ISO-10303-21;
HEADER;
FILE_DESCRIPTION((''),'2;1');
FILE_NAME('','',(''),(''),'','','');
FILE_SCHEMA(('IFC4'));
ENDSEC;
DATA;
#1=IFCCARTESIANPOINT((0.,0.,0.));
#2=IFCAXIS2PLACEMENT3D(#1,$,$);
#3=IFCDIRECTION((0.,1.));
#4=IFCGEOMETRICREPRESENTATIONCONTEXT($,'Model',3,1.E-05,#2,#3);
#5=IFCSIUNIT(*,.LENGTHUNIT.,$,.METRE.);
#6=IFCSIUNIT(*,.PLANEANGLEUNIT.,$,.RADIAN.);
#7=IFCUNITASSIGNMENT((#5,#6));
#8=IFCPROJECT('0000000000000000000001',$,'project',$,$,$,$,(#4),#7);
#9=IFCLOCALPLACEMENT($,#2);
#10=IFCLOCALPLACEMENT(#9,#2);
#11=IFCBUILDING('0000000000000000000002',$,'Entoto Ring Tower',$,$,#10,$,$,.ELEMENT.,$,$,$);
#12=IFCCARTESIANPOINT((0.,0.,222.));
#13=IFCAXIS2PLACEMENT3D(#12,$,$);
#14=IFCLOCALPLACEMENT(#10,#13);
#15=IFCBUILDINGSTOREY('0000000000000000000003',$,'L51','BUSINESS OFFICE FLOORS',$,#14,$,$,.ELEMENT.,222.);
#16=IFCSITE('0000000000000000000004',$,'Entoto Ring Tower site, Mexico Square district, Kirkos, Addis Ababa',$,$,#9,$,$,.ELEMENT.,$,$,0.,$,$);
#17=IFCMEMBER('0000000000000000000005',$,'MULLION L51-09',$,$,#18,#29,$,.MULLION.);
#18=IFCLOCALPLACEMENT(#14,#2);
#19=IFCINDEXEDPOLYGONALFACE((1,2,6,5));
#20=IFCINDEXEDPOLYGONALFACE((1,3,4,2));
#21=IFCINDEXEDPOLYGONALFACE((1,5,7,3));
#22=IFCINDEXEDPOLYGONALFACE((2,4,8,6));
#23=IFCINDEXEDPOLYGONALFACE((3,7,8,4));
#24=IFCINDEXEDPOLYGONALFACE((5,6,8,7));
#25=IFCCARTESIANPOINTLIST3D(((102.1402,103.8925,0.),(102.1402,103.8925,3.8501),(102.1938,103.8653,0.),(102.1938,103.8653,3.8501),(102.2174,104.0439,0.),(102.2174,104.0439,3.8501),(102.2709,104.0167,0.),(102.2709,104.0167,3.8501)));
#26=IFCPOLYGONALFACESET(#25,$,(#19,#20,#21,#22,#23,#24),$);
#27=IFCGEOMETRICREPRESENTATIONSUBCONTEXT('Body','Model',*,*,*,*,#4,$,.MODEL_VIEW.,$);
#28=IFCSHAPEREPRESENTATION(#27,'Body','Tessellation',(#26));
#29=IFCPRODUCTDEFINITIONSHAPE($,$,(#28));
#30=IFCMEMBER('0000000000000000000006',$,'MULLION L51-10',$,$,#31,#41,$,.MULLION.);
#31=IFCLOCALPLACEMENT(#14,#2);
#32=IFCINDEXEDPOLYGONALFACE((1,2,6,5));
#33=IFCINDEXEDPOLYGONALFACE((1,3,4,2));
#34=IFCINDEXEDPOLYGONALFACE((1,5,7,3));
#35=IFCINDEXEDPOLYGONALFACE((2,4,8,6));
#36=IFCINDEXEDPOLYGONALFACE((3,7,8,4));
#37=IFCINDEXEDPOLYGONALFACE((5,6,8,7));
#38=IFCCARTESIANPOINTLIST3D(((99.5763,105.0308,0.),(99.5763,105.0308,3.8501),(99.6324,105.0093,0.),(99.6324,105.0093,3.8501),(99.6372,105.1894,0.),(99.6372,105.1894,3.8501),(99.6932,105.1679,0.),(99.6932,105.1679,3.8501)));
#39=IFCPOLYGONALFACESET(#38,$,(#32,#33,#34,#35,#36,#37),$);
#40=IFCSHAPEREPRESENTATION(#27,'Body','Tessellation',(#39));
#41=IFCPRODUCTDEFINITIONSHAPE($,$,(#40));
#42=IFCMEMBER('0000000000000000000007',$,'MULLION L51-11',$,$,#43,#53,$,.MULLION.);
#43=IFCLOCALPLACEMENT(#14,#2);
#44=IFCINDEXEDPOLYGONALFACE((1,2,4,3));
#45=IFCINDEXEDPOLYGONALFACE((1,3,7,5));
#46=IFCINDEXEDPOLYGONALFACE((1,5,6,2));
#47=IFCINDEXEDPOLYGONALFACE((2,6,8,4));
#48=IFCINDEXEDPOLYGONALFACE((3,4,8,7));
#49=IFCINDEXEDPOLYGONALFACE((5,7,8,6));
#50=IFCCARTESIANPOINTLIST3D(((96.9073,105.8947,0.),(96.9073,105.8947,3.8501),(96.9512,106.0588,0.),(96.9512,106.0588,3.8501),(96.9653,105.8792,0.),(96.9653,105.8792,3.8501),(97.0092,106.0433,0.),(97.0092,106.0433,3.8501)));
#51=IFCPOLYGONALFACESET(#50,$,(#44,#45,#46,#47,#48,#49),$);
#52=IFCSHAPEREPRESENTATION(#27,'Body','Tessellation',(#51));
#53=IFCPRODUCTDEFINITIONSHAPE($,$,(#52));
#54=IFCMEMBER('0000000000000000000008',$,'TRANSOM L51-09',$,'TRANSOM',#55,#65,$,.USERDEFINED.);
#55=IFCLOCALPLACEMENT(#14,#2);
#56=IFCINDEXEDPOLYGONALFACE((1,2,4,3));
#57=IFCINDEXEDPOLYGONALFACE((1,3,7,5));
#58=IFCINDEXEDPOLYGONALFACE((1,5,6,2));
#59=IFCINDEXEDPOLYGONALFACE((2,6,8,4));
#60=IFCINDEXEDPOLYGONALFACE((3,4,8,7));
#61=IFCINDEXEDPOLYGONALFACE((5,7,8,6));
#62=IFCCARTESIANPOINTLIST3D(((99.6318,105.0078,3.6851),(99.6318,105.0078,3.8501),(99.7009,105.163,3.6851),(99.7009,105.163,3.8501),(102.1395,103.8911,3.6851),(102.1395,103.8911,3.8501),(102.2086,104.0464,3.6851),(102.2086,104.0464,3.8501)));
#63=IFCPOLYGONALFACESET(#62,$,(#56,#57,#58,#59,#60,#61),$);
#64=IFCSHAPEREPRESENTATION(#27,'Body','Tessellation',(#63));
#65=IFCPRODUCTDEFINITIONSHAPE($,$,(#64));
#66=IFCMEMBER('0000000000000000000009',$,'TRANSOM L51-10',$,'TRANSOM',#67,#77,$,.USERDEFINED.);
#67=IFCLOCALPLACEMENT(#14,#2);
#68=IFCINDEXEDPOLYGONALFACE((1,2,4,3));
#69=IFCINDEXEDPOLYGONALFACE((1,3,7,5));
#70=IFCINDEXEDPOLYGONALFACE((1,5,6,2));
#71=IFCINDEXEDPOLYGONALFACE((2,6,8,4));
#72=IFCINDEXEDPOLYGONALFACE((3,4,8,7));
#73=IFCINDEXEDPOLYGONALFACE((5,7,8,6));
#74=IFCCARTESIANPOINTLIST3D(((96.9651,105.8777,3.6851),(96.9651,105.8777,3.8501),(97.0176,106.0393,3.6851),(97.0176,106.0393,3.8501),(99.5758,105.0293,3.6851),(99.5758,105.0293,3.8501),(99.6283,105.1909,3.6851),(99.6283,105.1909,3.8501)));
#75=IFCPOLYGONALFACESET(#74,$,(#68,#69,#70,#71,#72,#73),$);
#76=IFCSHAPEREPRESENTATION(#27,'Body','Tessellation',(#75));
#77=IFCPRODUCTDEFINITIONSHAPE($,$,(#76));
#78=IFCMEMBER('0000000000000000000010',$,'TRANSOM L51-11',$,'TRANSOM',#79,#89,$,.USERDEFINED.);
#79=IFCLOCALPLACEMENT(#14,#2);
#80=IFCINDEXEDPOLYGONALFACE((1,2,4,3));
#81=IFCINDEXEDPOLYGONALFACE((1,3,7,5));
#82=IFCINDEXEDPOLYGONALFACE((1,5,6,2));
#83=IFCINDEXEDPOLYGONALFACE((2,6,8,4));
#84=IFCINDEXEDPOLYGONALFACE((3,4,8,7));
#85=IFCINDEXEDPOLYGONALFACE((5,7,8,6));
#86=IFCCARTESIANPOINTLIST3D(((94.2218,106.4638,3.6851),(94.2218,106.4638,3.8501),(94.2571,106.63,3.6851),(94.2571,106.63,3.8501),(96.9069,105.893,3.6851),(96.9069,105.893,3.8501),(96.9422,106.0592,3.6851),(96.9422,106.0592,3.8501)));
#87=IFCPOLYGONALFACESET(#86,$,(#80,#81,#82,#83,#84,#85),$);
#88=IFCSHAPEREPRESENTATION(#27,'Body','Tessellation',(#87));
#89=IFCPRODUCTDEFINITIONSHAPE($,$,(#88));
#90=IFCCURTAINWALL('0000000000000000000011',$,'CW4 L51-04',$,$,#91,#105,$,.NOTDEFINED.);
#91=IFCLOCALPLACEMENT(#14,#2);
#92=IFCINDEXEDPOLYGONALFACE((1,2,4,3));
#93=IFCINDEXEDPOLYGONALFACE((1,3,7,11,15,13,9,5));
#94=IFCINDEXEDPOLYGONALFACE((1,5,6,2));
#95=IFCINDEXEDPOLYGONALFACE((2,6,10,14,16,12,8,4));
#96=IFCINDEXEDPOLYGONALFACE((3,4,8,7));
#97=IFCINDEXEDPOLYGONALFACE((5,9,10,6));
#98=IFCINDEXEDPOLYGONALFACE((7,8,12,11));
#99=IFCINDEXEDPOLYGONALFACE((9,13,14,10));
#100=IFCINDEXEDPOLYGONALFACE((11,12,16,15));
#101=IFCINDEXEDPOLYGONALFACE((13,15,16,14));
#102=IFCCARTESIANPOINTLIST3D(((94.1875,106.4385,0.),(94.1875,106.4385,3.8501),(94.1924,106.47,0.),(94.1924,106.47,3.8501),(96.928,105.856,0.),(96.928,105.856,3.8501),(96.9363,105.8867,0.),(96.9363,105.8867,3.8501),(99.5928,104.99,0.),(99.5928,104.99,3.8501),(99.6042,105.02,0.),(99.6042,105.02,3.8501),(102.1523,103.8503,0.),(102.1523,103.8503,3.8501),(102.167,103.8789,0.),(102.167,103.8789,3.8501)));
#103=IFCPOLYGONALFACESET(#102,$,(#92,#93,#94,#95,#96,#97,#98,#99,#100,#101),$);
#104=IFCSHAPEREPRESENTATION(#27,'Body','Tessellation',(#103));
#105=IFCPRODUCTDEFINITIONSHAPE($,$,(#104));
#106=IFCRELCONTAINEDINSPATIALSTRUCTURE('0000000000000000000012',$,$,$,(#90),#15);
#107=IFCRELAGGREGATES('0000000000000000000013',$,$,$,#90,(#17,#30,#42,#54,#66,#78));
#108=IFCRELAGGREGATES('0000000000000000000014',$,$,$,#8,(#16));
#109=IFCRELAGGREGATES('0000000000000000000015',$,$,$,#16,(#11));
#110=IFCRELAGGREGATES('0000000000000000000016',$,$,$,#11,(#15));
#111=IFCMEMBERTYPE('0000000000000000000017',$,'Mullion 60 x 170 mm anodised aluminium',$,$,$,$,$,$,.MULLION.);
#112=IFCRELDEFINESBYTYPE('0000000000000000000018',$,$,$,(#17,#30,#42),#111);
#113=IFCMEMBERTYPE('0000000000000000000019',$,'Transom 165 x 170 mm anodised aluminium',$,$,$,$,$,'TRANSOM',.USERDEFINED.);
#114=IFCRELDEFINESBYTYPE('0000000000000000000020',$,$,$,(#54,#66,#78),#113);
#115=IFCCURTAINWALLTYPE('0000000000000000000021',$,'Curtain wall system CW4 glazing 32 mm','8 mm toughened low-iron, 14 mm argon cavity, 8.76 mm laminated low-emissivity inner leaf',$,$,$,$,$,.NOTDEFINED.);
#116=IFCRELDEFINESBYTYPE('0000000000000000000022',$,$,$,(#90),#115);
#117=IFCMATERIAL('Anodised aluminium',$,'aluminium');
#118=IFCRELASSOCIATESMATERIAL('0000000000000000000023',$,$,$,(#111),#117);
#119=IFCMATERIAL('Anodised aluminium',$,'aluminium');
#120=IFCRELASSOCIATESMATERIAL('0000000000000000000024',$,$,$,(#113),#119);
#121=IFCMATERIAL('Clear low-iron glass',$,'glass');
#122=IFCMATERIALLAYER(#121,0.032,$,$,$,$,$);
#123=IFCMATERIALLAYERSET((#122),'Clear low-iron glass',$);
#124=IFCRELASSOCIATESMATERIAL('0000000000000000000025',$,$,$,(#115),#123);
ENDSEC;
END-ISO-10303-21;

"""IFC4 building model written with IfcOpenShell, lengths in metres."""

from ifc_helpers import new_model, si_unit, direction, frame, origin, origin_2d, place, context, subcontext, project, spatial, polyline, rectangle, outline, extrude, material, layer, layer_set, material_profile, profile_set, type_object, element, aggregate, save


model = new_model("IFC4")

# Units and contexts
model_context = context("Model", 3, precision=1e-05, world=origin(), true_north=direction((0.0, 1.0)))
body_context = subcontext(model_context, "Body", "Model", "MODEL_VIEW")
ifc_project = project(units=[si_unit("LENGTHUNIT", "METRE"), si_unit("PLANEANGLEUNIT", "RADIAN")], contexts=[model_context])

# Members
ifc_material_1 = material(Name="Anodised aluminium", Category="aluminium")
ifc_material_profile_1 = material_profile(ifc_material_1, rectangle(XDim=0.0601, YDim=0.1699, at=origin_2d()), Name="Mullion 60 x 170 mm anodised aluminium")
ifc_profile_set_1 = profile_set([ifc_material_profile_1], Name="Anodised aluminium")
member_type_1 = type_object("IfcMemberType", Name="Mullion 60 x 170 mm anodised aluminium", PredefinedType="MULLION", material=ifc_profile_set_1)
site_placement = place(None, origin())
building_placement = place(site_placement, origin())
storey_placement = place(building_placement, frame((0.0, 0.0, 222.0)))
member_1_placement = place(storey_placement, frame((102.2056, 103.9546, 0.0), z_axis=(0.0, 0.0, 1.0), x_axis=(-0.891007, 0.45399, 0.0)))
member_1 = element("IfcMember", 1, at=member_1_placement, type_object=member_type_1, Name="MULLION L51-09", PredefinedType="MULLION", context=body_context, shape_type="SweptSolid", body=[
    extrude(rectangle(XDim=0.0601, YDim=0.1699, at=origin_2d()), origin(), (0.0, 0.0, 1.0), 3.8501),
])
member_2_placement = place(storey_placement, frame((99.6348, 105.0994, 0.0), z_axis=(0.0, 0.0, 1.0), x_axis=(-0.93358, 0.358368, 0.0)))
member_2 = element("IfcMember", 2, at=member_2_placement, type_object=member_type_1, Name="MULLION L51-10", PredefinedType="MULLION", context=body_context, shape_type="SweptSolid", body=[
    extrude(rectangle(XDim=0.0601, YDim=0.1699, at=origin_2d()), origin(), (0.0, 0.0, 1.0), 3.8501),
])
member_3_placement = place(storey_placement, frame((96.9583, 105.969, 0.0), z_axis=(0.0, 0.0, 1.0), x_axis=(-0.965926, 0.258819, 0.0)))
member_3 = element("IfcMember", 3, at=member_3_placement, type_object=member_type_1, Name="MULLION L51-11", PredefinedType="MULLION", context=body_context, shape_type="SweptSolid", body=[
    extrude(rectangle(XDim=0.0601, YDim=0.1699, at=origin_2d()), origin(), (0.0, 0.0, 1.0), 3.8501),
])
ifc_material_2 = material(Name="Anodised aluminium", Category="aluminium")
ifc_material_profile_2 = material_profile(ifc_material_2, rectangle(XDim=0.1699, YDim=0.165, at=origin_2d()), Name="Transom 165 x 170 mm anodised aluminium")
ifc_profile_set_2 = profile_set([ifc_material_profile_2], Name="Anodised aluminium")
member_type_2 = type_object("IfcMemberType", Name="Transom 165 x 170 mm anodised aluminium", ElementType="TRANSOM", PredefinedType="USERDEFINED", material=ifc_profile_set_2)
member_4_placement = place(storey_placement, frame((102.1741, 103.9688, 3.7676), z_axis=(-0.913525, 0.406782, 0.0), x_axis=(-0.406782, -0.913525, 0.0)))
member_4 = element("IfcMember", 4, at=member_4_placement, type_object=member_type_2, Name="TRANSOM L51-09", ObjectType="TRANSOM", PredefinedType="USERDEFINED", context=body_context, shape_type="SweptSolid", body=[
    extrude(rectangle(XDim=0.1699, YDim=0.165, at=origin_2d()), origin(), (0.0, 0.0, 1.0), 2.7451),
])
member_5_placement = place(storey_placement, frame((99.6021, 105.1101, 3.7676), z_axis=(-0.951048, 0.309042, 0.0), x_axis=(-0.309042, -0.951048, 0.0)))
member_5 = element("IfcMember", 5, at=member_5_placement, type_object=member_type_2, Name="TRANSOM L51-10", ObjectType="TRANSOM", PredefinedType="USERDEFINED", context=body_context, shape_type="SweptSolid", body=[
    extrude(rectangle(XDim=0.1699, YDim=0.165, at=origin_2d()), origin(), (0.0, 0.0, 1.0), 2.7451),
])
member_6_placement = place(storey_placement, frame((96.9246, 105.9761, 3.7676), z_axis=(-0.978142, 0.207937, 0.0), x_axis=(-0.207937, -0.978142, 0.0)))
member_6 = element("IfcMember", 6, at=member_6_placement, type_object=member_type_2, Name="TRANSOM L51-11", ObjectType="TRANSOM", PredefinedType="USERDEFINED", context=body_context, shape_type="SweptSolid", body=[
    extrude(rectangle(XDim=0.1699, YDim=0.165, at=origin_2d()), origin(), (0.0, 0.0, 1.0), 2.7451),
])

# Site, building, storey
site = spatial("IfcSite", under=ifc_project, at=site_placement, Name="Entoto Ring Tower site, Mexico Square district, Kirkos, Addis Ababa", CompositionType="ELEMENT", RefElevation=0.0)
building = spatial("IfcBuilding", under=site, at=building_placement, Name="Entoto Ring Tower", CompositionType="ELEMENT")
storey = spatial("IfcBuildingStorey", under=building, at=storey_placement, Name="L51", Description="BUSINESS OFFICE FLOORS", CompositionType="ELEMENT", Elevation=222.0)

# Curtain wall
ifc_material_3 = material(Name="Clear low-iron glass", Category="glass")
ifc_layer = layer(ifc_material_3, 0.032)
ifc_layer_set = layer_set([ifc_layer], Name="Clear low-iron glass")
curtain_wall_type = type_object("IfcCurtainWallType", Name="Curtain wall system CW4 glazing 32 mm", Description="8 mm toughened low-iron, 14 mm argon cavity, 8.76 mm laminated low-emissivity inner leaf", PredefinedType="NOTDEFINED", material=ifc_layer_set)
curtain_wall_1_placement = place(storey_placement, origin())
curtain_wall_1 = element("IfcCurtainWall", 7, at=curtain_wall_1_placement, inside=storey, type_object=curtain_wall_type, Name="CW4 L51-04", PredefinedType="NOTDEFINED", context=body_context, shape_type="SweptSolid", body=[
    extrude(outline(polyline([(102.167, 103.8789), (99.6042, 105.02), (96.9363, 105.8867), (94.1924, 106.47), (94.1875, 106.4385), (96.928, 105.856), (99.5928, 104.99), (102.1523, 103.8503), (102.167, 103.8789)])), origin(), (0.0, 0.0, 1.0), 3.8501),
])
aggregate(curtain_wall_1, [member_1, member_2, member_3, member_4, member_5, member_6])

save(model, "model.ifc")
